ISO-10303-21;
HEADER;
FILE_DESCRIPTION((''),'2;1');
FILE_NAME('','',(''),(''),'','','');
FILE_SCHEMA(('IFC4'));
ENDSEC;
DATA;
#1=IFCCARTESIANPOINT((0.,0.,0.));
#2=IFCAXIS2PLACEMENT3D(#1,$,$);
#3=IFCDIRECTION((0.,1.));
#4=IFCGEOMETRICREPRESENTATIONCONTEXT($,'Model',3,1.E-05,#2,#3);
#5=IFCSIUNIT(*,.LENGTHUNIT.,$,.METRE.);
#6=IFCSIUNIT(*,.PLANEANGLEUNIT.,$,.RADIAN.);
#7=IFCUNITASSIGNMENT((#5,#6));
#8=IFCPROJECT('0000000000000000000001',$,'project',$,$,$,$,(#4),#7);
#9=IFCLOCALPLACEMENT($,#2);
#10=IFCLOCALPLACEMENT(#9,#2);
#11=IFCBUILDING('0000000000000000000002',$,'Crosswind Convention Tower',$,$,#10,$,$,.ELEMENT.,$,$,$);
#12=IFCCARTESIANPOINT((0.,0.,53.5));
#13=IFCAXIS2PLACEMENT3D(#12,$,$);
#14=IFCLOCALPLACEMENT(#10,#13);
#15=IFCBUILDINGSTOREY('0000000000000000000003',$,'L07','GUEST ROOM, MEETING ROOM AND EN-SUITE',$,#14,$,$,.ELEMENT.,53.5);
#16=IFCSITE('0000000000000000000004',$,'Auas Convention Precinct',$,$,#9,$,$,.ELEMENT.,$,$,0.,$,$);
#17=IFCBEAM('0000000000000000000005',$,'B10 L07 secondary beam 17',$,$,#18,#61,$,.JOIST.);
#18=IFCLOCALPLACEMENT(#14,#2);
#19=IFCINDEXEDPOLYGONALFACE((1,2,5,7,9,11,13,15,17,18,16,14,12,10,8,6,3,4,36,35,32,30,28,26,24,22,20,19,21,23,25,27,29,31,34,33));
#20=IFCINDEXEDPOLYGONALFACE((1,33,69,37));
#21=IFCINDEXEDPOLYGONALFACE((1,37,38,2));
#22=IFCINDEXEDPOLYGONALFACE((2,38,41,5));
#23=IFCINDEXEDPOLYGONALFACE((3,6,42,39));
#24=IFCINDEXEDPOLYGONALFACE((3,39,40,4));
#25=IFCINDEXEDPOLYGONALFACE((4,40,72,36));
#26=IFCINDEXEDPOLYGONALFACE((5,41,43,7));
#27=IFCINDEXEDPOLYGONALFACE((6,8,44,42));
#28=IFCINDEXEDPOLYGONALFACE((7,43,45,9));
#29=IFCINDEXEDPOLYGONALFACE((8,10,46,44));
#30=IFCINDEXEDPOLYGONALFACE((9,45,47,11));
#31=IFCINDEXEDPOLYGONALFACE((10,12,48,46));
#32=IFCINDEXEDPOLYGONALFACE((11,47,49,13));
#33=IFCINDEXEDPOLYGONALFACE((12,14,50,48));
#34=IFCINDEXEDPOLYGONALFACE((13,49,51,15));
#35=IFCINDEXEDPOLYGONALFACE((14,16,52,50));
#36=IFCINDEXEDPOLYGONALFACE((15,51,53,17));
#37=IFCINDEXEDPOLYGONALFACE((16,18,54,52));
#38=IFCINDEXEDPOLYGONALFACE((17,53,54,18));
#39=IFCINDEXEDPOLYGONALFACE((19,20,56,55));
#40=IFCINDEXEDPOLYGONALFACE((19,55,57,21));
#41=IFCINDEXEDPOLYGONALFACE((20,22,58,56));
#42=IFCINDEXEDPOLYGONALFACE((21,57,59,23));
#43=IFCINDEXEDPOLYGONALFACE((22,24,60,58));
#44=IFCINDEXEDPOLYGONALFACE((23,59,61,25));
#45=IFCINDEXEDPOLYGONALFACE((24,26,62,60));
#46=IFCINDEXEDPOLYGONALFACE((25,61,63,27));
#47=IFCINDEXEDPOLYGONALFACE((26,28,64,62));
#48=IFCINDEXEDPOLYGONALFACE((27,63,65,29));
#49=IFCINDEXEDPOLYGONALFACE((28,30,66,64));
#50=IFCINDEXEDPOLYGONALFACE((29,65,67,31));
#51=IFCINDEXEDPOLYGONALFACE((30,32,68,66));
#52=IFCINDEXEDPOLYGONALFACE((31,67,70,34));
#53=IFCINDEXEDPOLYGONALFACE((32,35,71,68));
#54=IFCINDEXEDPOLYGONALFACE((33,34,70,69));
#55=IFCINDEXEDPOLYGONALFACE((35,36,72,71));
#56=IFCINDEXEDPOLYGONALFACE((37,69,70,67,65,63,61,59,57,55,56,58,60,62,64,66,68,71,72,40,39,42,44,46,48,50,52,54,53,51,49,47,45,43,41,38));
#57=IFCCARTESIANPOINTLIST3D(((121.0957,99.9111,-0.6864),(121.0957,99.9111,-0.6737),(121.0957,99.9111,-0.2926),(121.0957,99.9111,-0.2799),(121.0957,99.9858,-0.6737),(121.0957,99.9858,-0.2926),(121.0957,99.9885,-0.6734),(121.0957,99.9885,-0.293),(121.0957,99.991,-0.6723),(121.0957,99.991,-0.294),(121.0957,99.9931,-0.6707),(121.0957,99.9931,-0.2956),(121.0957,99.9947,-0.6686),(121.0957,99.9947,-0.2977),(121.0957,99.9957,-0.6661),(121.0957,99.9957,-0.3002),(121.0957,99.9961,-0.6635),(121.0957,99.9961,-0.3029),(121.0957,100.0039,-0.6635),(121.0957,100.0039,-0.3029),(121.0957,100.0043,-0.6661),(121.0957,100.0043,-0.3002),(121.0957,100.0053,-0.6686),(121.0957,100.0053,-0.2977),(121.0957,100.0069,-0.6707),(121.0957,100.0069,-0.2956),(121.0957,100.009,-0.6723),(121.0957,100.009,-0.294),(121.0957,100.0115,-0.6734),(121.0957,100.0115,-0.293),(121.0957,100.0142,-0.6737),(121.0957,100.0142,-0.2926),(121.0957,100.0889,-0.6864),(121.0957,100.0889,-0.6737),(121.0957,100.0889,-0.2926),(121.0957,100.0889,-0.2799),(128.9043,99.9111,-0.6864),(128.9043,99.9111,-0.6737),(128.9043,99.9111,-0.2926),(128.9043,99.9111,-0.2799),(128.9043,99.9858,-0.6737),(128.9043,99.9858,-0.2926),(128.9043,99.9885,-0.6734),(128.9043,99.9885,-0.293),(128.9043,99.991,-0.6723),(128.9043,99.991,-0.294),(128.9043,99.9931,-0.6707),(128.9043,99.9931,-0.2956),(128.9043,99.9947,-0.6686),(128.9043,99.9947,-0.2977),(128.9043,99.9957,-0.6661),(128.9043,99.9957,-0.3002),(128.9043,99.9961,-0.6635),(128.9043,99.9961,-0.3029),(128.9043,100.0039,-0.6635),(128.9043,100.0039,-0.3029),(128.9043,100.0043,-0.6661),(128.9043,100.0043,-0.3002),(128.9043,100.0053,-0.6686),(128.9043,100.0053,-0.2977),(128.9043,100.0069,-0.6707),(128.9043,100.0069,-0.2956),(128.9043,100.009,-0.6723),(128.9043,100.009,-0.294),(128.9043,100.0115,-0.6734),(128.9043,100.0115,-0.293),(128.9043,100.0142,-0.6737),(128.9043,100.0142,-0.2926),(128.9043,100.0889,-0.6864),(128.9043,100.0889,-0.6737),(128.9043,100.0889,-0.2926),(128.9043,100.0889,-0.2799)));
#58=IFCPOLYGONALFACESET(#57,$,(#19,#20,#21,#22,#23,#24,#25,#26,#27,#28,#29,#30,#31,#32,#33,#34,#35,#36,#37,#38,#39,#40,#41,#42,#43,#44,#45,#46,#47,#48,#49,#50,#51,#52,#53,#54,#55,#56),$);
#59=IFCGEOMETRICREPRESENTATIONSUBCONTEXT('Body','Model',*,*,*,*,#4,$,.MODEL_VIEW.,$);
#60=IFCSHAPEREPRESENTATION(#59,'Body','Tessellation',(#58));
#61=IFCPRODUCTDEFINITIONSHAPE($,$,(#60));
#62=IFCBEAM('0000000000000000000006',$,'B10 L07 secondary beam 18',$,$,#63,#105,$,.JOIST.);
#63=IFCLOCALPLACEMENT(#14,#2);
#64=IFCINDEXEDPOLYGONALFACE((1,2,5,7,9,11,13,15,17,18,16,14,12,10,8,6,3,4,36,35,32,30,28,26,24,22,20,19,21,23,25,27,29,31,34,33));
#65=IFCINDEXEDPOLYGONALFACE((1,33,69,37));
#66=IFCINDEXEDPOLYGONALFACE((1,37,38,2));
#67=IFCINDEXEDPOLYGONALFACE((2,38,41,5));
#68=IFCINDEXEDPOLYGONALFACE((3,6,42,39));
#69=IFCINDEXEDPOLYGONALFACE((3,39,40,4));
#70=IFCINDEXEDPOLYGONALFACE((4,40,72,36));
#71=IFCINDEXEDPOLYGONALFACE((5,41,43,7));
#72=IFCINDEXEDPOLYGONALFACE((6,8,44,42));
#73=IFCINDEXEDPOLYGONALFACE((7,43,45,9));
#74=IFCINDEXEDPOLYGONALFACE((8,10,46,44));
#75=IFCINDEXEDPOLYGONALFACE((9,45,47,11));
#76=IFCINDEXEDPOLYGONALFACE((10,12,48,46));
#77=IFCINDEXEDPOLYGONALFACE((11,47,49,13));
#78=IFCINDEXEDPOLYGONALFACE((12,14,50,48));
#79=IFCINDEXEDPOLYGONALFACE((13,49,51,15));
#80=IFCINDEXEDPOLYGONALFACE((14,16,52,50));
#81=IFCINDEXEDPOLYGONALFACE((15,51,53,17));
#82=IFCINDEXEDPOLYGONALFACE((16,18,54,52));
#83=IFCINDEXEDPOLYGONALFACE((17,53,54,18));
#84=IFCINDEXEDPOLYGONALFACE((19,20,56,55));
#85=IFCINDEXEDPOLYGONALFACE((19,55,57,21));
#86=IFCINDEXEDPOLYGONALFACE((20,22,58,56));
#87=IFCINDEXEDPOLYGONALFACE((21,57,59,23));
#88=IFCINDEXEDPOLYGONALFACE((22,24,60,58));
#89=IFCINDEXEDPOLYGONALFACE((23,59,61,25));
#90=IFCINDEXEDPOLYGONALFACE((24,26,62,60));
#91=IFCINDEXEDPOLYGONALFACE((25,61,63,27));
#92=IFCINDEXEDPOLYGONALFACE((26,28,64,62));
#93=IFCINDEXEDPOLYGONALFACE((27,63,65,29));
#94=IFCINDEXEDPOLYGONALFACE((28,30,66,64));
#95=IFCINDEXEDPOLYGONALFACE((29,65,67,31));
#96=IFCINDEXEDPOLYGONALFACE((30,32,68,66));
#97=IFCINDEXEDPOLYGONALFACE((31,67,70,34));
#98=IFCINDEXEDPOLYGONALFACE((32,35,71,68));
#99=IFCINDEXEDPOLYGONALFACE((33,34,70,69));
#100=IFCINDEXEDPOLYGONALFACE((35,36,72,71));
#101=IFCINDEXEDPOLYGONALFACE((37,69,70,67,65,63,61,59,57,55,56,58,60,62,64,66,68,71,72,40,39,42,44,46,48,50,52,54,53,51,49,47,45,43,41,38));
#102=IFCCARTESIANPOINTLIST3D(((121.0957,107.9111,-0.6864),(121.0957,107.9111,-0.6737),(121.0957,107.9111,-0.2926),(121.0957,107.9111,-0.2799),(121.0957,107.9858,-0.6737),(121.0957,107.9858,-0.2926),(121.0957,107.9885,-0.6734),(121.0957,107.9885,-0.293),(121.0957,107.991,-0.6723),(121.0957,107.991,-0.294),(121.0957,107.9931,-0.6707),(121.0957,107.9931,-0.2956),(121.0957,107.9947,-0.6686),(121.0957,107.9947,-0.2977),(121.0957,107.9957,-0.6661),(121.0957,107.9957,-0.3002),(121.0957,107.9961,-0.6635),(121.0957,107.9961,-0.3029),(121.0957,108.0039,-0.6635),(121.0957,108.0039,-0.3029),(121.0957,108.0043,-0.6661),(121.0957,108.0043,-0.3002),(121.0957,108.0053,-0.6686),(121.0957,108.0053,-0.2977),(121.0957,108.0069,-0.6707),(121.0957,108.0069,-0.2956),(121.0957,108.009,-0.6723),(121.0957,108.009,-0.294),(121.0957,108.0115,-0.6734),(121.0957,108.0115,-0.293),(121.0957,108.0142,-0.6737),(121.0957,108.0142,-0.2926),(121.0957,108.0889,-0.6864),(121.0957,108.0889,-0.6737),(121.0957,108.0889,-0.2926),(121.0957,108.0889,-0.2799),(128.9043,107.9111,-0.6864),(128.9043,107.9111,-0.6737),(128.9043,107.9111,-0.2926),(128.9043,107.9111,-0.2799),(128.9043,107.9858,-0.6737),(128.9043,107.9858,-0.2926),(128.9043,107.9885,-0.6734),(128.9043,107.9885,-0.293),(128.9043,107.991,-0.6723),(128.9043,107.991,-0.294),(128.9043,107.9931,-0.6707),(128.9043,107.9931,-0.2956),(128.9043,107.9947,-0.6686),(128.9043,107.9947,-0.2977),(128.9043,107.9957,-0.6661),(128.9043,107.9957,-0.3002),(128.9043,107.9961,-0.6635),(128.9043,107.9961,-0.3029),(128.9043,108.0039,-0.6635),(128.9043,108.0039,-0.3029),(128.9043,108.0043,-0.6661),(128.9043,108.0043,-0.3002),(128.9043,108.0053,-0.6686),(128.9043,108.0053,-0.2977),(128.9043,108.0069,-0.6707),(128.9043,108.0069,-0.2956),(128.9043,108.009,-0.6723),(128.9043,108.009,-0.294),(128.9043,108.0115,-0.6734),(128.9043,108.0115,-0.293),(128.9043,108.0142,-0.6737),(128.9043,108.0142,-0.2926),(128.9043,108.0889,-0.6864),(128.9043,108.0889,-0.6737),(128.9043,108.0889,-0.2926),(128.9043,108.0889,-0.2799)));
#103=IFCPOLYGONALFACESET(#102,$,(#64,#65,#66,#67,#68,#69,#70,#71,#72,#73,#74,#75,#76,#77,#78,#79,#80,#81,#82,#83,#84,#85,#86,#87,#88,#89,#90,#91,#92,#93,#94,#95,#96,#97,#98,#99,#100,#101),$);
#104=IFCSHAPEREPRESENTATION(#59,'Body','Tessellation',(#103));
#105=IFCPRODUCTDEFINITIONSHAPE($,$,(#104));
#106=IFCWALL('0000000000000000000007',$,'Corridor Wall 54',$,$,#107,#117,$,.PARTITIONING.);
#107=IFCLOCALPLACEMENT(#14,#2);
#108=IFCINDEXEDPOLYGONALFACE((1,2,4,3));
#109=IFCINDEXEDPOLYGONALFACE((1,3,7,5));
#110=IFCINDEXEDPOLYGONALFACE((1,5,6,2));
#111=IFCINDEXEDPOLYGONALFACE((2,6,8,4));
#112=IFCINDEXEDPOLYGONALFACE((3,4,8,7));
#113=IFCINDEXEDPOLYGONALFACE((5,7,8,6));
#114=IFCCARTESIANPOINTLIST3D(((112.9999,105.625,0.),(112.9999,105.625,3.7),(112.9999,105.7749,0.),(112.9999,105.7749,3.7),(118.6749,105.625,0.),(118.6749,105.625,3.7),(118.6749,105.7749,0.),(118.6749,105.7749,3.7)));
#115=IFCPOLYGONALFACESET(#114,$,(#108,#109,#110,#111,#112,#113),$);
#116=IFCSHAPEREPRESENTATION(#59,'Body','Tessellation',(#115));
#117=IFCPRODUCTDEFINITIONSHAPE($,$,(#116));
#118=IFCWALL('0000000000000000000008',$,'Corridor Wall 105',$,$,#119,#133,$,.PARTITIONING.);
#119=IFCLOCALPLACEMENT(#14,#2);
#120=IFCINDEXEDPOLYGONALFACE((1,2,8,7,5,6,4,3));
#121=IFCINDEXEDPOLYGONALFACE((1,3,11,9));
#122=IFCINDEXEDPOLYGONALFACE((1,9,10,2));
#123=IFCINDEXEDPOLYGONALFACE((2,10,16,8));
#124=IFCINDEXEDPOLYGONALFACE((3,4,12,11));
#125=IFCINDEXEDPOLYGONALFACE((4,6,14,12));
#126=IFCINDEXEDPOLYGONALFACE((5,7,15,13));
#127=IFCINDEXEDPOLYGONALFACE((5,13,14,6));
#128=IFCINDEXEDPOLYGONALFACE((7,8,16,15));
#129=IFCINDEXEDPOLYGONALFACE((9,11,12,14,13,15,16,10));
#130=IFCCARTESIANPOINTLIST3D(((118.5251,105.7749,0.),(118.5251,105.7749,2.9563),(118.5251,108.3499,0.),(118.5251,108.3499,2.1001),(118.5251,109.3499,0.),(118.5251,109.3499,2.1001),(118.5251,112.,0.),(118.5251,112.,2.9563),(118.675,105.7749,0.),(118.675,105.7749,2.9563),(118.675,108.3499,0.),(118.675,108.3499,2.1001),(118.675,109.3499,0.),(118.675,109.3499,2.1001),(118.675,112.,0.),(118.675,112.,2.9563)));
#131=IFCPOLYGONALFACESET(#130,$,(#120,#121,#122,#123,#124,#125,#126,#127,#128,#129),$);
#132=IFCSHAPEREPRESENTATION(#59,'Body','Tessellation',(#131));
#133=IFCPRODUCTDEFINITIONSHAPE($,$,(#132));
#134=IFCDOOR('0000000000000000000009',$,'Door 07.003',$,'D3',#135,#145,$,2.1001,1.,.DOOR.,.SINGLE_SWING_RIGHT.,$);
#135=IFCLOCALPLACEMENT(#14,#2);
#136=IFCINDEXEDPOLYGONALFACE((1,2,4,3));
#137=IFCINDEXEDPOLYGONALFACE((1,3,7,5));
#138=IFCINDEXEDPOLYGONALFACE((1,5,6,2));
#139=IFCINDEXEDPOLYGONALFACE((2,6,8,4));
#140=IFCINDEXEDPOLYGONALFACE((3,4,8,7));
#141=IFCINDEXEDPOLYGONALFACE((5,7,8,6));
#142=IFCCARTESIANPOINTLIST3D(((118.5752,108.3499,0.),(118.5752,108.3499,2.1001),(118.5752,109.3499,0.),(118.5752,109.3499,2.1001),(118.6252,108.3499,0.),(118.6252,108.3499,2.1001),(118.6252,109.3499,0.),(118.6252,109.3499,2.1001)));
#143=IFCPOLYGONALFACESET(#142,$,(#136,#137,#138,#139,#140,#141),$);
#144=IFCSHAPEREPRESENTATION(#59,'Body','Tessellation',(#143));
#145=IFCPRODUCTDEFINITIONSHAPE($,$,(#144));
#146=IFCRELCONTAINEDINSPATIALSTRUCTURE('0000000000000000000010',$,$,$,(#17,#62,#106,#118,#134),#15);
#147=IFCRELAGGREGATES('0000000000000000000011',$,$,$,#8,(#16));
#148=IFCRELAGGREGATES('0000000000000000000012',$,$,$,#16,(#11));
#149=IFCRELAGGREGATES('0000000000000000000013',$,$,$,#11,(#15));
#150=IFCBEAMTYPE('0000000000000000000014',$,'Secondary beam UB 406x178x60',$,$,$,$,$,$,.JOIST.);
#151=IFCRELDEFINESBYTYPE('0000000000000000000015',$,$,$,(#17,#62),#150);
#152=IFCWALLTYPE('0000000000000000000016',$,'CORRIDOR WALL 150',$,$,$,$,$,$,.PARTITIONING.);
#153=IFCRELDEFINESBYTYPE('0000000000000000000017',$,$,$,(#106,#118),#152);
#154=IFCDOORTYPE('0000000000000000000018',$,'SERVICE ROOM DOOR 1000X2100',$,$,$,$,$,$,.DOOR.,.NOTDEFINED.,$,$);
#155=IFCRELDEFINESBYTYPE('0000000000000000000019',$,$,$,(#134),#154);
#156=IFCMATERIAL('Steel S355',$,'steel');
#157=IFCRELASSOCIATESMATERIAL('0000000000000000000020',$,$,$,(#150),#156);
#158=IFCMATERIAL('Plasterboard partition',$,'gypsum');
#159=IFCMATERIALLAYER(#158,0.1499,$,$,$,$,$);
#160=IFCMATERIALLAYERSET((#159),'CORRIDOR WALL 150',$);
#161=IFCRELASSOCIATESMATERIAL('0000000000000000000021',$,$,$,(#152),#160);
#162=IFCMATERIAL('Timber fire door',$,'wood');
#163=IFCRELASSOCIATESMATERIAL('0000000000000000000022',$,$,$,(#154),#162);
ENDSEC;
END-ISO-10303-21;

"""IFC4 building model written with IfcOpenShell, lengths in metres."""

from ifc_helpers import new_model, si_unit, direction, frame, frame_2d, origin, origin_2d, place, context, subcontext, project, spatial, rectangle, i_section, extrude, material, layer, layer_set, material_profile, profile_set, type_object, element, fill, save


model = new_model("IFC4")

# Units and contexts
model_context = context("Model", 3, precision=1e-05, world=origin(), true_north=direction((0.0, 1.0)))
body_context = subcontext(model_context, "Body", "Model", "MODEL_VIEW")
ifc_project = project(units=[si_unit("LENGTHUNIT", "METRE"), si_unit("PLANEANGLEUNIT", "RADIAN")], contexts=[model_context])

# Site, building, storey
site_placement = place(None, origin())
site = spatial("IfcSite", under=ifc_project, at=site_placement, Name="Auas Convention Precinct", CompositionType="ELEMENT", RefElevation=0.0)
building_placement = place(site_placement, origin())
building = spatial("IfcBuilding", under=site, at=building_placement, Name="Crosswind Convention Tower", CompositionType="ELEMENT")
storey_placement = place(building_placement, frame((0.0, 0.0, 53.5)))
storey = spatial("IfcBuildingStorey", under=building, at=storey_placement, Name="L07", Description="GUEST ROOM, MEETING ROOM AND EN-SUITE", CompositionType="ELEMENT", Elevation=53.5)

# Beams
ifc_material_1 = material(Name="Steel S355", Category="steel")
ifc_material_profile_1 = material_profile(ifc_material_1, i_section(OverallWidth=0.1777, OverallDepth=0.4065, WebThickness=0.0078, FlangeThickness=0.0127, FilletRadius=0.0103, at=origin_2d()), Name="UB 406x178x60")
ifc_profile_set_1 = profile_set([ifc_material_profile_1], Name="Steel S355")
beam_type_1 = type_object("IfcBeamType", Name="Secondary beam UB 406x178x60", PredefinedType="JOIST", material=ifc_profile_set_1)
for number, where, z_axis, x_axis, name in (
    (1, (121.0957, 100.0, -0.4832), (1.0, 0.0, 0.0), (0.0, 1.0, 0.0), "B10 L07 secondary beam 17"),
    (2, (121.0957, 108.0, -0.4832), (1.0, 0.0, 0.0), (0.0, 1.0, 0.0), "B10 L07 secondary beam 18"),
):
    element("IfcBeam", number, at=place(storey_placement, frame(where, z_axis=z_axis, x_axis=x_axis)), inside=storey, type_object=beam_type_1, Name=name, PredefinedType="JOIST", context=body_context, shape_type="SweptSolid", body=[
        extrude(i_section(OverallWidth=0.1777, OverallDepth=0.4065, WebThickness=0.0078, FlangeThickness=0.0127, FilletRadius=0.0103, at=origin_2d()), origin(), (0.0, 0.0, 1.0), 7.8086),
    ])

# Wall
ifc_material_2 = material(Name="Plasterboard partition", Category="gypsum")
ifc_layer_1 = layer(ifc_material_2, 0.1499)
ifc_layer_set_1 = layer_set([ifc_layer_1], Name="CORRIDOR WALL 150")
wall_type_1 = type_object("IfcWallType", Name="CORRIDOR WALL 150", PredefinedType="PARTITIONING", material=ifc_layer_set_1)
wall_1_placement = place(storey_placement, frame((113.0, 105.7, 0.0), z_axis=(0.0, 0.0, 1.0), x_axis=(1.0, 0.0, 0.0)))
element("IfcWall", 3, at=wall_1_placement, inside=storey, type_object=wall_type_1, Name="Corridor Wall 54", PredefinedType="PARTITIONING", context=body_context, shape_type="SweptSolid", body=[
    extrude(rectangle(XDim=5.675, YDim=0.1499, at=frame_2d((2.8374, 0.0))), origin(), (0.0, 0.0, 1.0), 3.7),
])

# Wall, opening, door
wall_2_placement = place(storey_placement, frame((118.6001, 105.7749, 0.0), z_axis=(0.0, 0.0, 1.0), x_axis=(0.0, 1.0, 0.0)))
wall_2 = element("IfcWall", 4, at=wall_2_placement, inside=storey, type_object=wall_type_1, Name="Corridor Wall 105", PredefinedType="PARTITIONING", context=body_context, shape_type="SweptSolid", body=[
    extrude(rectangle(XDim=6.2251, YDim=0.1499, at=frame_2d((3.1125, 0.0))), origin(), (0.0, 0.0, 1.0), 2.9563),
])
opening_1_placement = place(wall_2_placement, frame((2.575, 0.0, 0.0)))
opening_1 = element("IfcOpeningElement", 5, at=opening_1_placement, cuts=wall_2, PredefinedType="OPENING", context=body_context, shape_type="SweptSolid", body=[
    extrude(rectangle(XDim=1.0, YDim=2.1001, at=frame_2d((0.5, 1.05))), frame((0.0, 0.085, 0.0), z_axis=(0.0, -1.0, 0.0), x_axis=(1.0, 0.0, 0.0)), (0.0, 0.0, 1.0), 0.1699),
])
ifc_material_3 = material(Name="Timber fire door", Category="wood")
door_type_1 = type_object("IfcDoorType", Name="SERVICE ROOM DOOR 1000X2100", OperationType="NOTDEFINED", PredefinedType="DOOR", material=ifc_material_3)
door_1_placement = place(opening_1_placement, origin())
door_1 = element("IfcDoor", 6, at=door_1_placement, inside=storey, type_object=door_type_1, Name="Door 07.003", ObjectType="D3", OperationType="SINGLE_SWING_RIGHT", OverallHeight=2.1001, OverallWidth=1.0, PredefinedType="DOOR", context=body_context, shape_type="SweptSolid", body=[
    extrude(rectangle(XDim=1.0, YDim=2.1001, at=frame_2d((0.5, 1.05))), frame((0.0, 0.0249, 0.0), z_axis=(0.0, -1.0, 0.0), x_axis=(1.0, 0.0, 0.0)), (0.0, 0.0, 1.0), 0.05),
])
fill(opening_1, door_1)

save(model, "model.ifc")
